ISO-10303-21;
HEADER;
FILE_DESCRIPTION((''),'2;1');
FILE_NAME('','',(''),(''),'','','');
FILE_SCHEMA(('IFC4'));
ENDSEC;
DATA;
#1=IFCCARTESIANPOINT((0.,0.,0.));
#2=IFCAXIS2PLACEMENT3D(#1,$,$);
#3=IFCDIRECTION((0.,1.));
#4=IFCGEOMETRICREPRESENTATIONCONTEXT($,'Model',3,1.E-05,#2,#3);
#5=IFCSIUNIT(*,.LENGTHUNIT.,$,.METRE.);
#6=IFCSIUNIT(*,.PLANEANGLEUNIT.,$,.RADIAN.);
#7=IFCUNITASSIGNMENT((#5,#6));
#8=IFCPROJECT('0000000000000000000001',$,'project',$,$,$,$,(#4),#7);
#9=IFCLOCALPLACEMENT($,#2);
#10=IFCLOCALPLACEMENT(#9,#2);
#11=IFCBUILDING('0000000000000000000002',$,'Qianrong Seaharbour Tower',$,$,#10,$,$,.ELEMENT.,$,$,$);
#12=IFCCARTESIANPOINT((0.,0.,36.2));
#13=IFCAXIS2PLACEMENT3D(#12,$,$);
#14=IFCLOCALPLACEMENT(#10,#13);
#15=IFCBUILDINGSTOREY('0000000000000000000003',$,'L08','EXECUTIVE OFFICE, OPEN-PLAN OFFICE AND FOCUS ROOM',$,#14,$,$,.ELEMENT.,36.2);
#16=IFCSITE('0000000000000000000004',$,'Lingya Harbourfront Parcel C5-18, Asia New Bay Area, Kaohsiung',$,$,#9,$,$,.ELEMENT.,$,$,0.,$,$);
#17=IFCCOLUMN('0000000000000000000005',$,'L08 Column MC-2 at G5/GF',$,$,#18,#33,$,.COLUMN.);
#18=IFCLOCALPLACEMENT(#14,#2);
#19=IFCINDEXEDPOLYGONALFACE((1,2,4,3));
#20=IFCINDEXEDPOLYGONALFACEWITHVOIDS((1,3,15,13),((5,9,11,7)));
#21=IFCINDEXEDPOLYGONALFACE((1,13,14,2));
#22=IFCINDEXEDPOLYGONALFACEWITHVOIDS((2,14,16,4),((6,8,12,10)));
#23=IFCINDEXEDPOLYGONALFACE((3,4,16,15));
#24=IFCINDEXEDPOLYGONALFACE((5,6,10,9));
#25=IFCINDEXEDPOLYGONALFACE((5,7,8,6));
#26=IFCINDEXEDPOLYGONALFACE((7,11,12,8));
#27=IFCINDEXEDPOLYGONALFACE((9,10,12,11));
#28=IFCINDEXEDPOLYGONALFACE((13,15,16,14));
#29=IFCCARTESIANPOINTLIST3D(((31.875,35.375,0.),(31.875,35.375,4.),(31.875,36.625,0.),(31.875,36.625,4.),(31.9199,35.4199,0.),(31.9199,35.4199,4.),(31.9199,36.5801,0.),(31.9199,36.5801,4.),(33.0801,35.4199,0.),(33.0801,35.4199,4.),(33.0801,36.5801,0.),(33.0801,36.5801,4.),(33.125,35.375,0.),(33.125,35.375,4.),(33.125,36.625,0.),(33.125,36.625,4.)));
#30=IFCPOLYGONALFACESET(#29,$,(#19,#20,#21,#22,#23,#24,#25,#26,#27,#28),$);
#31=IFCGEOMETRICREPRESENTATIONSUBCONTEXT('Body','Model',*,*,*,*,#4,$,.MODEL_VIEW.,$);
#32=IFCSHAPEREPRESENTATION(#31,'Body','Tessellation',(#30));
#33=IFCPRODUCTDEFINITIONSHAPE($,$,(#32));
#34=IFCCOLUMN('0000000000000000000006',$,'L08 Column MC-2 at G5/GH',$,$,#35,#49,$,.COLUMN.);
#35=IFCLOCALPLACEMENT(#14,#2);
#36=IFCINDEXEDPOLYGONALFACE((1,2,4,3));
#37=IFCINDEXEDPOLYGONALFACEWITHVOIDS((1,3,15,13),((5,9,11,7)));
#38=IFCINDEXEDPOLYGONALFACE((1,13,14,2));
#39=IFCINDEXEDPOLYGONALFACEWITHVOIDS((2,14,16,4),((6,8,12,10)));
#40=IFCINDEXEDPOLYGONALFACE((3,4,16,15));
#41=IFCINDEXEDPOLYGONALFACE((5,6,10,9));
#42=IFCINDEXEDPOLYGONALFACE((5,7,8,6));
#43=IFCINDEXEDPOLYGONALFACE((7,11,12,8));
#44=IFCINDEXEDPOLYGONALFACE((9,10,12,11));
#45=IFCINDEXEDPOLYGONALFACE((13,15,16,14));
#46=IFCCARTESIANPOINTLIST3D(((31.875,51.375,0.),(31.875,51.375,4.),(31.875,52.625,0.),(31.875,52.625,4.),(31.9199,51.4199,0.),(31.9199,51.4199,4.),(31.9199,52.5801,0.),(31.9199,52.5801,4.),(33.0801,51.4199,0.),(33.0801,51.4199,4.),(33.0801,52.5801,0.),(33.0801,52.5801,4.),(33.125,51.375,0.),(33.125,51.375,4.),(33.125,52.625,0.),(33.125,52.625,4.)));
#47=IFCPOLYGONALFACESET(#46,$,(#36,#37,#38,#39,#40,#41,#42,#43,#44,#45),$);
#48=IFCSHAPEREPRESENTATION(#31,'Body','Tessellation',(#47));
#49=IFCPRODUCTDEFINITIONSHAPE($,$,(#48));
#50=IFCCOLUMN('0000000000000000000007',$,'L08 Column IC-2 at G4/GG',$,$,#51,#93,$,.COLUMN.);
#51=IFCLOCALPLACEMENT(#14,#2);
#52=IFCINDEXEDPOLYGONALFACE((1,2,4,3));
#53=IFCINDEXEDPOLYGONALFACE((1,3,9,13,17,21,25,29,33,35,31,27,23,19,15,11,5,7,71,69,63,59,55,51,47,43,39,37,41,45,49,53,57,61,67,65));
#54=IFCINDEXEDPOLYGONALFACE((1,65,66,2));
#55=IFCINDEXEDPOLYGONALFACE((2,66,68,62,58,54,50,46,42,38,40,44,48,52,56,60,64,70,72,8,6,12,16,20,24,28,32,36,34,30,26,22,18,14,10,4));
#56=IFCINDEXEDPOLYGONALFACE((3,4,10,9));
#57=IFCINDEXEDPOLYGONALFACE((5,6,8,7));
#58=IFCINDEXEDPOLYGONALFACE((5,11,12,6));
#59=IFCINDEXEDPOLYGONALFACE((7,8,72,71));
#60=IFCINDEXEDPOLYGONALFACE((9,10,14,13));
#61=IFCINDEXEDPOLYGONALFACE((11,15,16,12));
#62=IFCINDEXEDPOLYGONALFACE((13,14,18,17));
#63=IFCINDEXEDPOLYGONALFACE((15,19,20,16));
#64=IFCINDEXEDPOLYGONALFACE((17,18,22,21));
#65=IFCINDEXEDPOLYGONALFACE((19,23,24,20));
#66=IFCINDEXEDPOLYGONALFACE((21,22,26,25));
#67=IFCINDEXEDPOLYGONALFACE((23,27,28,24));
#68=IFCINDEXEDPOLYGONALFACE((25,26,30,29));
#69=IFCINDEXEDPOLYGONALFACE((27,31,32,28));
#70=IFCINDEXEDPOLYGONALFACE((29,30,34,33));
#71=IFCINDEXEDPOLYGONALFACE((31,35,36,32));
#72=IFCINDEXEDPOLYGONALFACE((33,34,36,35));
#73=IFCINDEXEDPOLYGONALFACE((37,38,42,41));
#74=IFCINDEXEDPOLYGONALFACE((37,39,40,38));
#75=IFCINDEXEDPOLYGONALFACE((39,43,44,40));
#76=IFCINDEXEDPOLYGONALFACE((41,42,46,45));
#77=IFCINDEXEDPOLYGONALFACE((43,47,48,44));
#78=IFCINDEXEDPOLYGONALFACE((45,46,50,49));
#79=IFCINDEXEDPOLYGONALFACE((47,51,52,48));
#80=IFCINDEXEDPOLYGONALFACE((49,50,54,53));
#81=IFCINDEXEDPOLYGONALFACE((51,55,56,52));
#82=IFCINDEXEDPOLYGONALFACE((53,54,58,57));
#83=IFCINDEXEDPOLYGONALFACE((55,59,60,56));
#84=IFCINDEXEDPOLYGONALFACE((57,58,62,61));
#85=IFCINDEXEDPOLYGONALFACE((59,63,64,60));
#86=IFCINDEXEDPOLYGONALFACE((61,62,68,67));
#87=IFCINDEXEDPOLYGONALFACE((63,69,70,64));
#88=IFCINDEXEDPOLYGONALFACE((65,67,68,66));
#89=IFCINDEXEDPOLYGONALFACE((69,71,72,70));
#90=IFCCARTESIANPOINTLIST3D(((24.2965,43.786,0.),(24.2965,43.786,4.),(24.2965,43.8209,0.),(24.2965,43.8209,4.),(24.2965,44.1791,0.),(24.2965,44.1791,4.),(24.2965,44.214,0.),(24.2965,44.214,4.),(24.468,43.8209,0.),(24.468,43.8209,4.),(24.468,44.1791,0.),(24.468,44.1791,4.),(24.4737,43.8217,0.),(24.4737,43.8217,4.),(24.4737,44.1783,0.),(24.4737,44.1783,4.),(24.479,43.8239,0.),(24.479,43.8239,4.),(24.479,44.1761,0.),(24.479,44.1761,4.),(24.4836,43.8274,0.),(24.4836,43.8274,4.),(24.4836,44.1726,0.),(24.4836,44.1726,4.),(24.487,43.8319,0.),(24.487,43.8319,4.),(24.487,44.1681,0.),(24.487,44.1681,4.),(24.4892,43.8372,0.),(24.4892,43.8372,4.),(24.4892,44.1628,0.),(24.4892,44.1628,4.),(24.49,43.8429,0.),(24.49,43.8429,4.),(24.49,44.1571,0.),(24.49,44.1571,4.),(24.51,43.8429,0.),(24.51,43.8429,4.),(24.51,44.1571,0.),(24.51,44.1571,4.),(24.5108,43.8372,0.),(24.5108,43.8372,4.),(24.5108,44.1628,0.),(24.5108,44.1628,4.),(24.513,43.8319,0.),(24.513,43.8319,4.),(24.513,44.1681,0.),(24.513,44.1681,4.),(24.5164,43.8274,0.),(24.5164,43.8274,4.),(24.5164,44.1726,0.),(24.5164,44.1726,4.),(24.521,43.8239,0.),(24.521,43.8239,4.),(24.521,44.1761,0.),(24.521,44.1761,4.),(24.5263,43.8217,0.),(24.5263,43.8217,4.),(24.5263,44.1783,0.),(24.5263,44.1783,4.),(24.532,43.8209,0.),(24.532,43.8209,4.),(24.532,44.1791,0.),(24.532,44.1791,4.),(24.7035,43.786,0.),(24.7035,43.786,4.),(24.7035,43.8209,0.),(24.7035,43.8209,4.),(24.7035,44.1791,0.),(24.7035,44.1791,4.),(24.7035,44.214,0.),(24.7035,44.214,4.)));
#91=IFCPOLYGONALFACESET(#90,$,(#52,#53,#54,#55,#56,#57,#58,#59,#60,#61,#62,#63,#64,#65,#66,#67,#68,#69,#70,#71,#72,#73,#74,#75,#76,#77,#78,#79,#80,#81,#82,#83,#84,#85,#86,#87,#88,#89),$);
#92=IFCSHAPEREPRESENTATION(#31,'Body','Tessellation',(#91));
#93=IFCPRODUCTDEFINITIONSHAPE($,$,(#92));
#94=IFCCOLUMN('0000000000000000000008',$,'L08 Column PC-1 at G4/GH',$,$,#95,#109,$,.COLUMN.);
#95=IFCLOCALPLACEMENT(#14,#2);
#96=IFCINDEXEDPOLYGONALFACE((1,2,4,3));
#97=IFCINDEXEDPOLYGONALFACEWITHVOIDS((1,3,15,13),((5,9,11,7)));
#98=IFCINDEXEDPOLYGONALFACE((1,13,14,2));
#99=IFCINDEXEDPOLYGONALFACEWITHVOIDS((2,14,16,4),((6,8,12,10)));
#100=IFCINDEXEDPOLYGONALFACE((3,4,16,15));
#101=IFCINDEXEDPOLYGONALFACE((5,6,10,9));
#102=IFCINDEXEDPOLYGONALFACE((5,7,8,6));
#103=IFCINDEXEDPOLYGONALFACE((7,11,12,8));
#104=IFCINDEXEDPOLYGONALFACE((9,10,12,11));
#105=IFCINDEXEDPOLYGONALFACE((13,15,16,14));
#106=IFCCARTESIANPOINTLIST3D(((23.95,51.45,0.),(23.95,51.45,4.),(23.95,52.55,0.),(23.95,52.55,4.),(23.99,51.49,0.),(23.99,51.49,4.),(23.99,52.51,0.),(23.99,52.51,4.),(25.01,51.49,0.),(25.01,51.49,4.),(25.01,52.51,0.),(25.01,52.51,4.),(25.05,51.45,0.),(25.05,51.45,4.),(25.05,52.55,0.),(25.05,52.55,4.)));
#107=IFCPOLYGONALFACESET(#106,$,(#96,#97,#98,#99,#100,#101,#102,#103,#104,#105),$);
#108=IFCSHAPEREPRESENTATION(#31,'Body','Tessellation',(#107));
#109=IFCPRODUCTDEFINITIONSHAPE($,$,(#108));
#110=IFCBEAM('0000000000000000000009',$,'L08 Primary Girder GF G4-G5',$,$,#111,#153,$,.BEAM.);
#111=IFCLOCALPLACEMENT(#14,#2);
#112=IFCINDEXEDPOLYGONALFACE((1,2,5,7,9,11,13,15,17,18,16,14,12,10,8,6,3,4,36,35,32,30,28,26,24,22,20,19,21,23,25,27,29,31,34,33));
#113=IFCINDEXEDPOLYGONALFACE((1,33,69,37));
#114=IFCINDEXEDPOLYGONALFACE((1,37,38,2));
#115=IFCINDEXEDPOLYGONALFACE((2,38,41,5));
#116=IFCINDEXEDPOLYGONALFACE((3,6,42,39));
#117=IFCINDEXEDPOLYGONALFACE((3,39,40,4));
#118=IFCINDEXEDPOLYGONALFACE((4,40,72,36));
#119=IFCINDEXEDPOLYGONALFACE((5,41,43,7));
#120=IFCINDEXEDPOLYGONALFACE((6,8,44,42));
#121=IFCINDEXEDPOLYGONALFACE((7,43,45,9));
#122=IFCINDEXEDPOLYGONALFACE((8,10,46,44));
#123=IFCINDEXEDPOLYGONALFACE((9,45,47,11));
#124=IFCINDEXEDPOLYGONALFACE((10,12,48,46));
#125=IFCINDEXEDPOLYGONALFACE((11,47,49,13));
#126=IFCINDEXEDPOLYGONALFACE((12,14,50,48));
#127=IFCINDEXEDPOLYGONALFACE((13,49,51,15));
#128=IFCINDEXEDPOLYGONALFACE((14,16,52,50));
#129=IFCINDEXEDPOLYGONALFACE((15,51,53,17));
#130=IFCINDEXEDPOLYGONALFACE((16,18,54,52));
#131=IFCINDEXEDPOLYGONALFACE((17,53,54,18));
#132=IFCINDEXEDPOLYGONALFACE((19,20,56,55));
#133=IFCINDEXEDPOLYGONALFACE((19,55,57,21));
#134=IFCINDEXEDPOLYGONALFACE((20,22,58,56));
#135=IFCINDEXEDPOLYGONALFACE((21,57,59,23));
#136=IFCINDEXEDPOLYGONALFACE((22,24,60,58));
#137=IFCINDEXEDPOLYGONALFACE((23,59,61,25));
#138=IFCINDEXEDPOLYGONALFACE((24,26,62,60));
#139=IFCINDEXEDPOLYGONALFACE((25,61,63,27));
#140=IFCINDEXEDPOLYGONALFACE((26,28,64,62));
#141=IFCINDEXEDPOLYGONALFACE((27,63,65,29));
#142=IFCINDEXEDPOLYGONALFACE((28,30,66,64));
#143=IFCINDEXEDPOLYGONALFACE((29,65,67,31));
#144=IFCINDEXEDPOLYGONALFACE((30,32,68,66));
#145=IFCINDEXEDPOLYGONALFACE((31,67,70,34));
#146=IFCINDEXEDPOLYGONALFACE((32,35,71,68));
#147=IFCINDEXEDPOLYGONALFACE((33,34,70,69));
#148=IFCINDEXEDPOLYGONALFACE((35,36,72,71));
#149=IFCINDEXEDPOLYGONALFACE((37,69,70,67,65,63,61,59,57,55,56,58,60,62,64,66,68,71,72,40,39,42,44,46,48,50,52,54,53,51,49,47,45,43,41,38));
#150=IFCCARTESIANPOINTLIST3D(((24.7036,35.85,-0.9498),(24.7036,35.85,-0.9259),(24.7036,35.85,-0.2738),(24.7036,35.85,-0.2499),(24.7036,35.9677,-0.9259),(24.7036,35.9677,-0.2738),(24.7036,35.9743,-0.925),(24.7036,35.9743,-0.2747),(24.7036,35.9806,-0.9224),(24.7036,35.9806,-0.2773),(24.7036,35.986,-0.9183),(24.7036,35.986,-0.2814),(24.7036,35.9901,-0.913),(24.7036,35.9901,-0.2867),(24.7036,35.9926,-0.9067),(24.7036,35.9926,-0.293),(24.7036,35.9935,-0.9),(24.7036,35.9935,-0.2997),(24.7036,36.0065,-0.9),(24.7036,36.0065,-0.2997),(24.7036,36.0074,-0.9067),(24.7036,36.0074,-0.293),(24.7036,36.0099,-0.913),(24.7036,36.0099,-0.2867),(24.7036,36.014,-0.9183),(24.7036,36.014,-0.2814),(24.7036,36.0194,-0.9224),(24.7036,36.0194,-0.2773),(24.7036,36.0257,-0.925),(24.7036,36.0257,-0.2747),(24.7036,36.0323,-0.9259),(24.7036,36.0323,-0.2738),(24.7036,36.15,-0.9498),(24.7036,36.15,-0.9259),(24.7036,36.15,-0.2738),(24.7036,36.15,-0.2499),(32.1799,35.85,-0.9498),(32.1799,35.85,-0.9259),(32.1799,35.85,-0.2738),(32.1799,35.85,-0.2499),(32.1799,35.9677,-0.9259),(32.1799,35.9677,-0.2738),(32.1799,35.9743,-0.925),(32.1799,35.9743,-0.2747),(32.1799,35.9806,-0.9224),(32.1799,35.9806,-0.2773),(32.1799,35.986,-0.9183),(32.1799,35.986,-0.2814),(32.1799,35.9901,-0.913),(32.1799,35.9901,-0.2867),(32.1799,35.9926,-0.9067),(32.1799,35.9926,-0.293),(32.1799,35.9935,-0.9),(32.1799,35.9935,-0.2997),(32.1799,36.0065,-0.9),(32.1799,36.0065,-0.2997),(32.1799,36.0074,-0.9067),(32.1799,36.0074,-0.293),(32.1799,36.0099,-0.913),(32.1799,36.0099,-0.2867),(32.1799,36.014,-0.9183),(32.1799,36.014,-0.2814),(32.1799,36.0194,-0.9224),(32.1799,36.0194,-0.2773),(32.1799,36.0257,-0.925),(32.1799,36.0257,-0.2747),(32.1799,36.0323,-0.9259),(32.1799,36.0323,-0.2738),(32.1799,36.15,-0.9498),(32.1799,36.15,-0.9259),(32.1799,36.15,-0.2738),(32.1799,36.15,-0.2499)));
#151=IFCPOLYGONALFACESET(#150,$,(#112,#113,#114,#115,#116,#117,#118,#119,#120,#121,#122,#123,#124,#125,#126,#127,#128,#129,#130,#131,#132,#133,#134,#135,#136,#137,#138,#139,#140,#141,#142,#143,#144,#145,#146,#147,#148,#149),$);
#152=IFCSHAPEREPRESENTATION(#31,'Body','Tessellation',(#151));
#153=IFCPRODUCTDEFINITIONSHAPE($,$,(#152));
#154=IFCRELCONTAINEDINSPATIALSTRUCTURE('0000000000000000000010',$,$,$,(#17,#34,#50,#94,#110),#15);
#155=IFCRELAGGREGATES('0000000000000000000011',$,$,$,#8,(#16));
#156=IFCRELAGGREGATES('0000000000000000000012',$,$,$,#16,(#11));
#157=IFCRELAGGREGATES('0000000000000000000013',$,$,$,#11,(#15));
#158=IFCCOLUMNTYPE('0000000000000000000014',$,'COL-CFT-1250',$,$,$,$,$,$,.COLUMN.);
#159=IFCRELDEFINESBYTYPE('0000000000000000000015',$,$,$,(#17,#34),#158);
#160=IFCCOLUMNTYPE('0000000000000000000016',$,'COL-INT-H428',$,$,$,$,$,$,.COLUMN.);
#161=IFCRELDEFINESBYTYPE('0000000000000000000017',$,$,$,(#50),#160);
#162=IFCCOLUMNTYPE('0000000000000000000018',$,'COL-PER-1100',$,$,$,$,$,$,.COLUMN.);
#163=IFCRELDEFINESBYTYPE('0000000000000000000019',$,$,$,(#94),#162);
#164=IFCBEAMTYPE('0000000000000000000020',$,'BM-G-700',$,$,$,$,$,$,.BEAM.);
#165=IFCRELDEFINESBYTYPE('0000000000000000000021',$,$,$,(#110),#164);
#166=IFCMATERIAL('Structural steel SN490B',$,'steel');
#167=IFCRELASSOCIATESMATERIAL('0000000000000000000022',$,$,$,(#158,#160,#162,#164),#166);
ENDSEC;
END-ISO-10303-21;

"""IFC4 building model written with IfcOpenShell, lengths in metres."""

from ifc_helpers import new_model, si_unit, direction, frame, origin, origin_2d, place, context, subcontext, project, spatial, hollow_rectangle, i_section, extrude, material, material_profile, profile_set, type_object, element, save


model = new_model("IFC4")

# Units and contexts
model_context = context("Model", 3, precision=1e-05, world=origin(), true_north=direction((0.0, 1.0)))
body_context = subcontext(model_context, "Body", "Model", "MODEL_VIEW")
ifc_project = project(units=[si_unit("LENGTHUNIT", "METRE"), si_unit("PLANEANGLEUNIT", "RADIAN")], contexts=[model_context])

# Site, building, storey
site_placement = place(None, origin())
site = spatial("IfcSite", under=ifc_project, at=site_placement, Name="Lingya Harbourfront Parcel C5-18, Asia New Bay Area, Kaohsiung", CompositionType="ELEMENT", RefElevation=0.0)
building_placement = place(site_placement, origin())
building = spatial("IfcBuilding", under=site, at=building_placement, Name="Qianrong Seaharbour Tower", CompositionType="ELEMENT")
storey_placement = place(building_placement, frame((0.0, 0.0, 36.2)))
storey = spatial("IfcBuildingStorey", under=building, at=storey_placement, Name="L08", Description="EXECUTIVE OFFICE, OPEN-PLAN OFFICE AND FOCUS ROOM", CompositionType="ELEMENT", Elevation=36.2)

# Columns
ifc_material_1 = material(Name="Structural steel SN490B", Category="steel")
ifc_material_profile_1 = material_profile(ifc_material_1, hollow_rectangle(XDim=1.25, YDim=1.25, WallThickness=0.0449, at=origin_2d()), Name="BOX1250x1250x45")
ifc_profile_set_1 = profile_set([ifc_material_profile_1], Name="Structural steel SN490B")
column_type_1 = type_object("IfcColumnType", Name="COL-CFT-1250", PredefinedType="COLUMN", material=ifc_profile_set_1)
for number, where, z_axis, x_axis, name in (
    (1, (32.5, 36.0, 0.0), (0.0, 0.0, 1.0), (1.0, 0.0, 0.0), "L08 Column MC-2 at G5/GF"),
    (2, (32.5, 52.0, 0.0), (0.0, 0.0, 1.0), (1.0, 0.0, 0.0), "L08 Column MC-2 at G5/GH"),
):
    element("IfcColumn", number, at=place(storey_placement, frame(where, z_axis=z_axis, x_axis=x_axis)), inside=storey, type_object=column_type_1, Name=name, PredefinedType="COLUMN", context=body_context, shape_type="SweptSolid", body=[
        extrude(hollow_rectangle(XDim=1.25, YDim=1.25, WallThickness=0.0449, at=origin_2d()), origin(), (0.0, 0.0, 1.0), 4.0),
    ])
ifc_material_profile_2 = material_profile(ifc_material_1, i_section(OverallWidth=0.407, OverallDepth=0.428, WebThickness=0.02, FlangeThickness=0.0349, FilletRadius=0.022, at=origin_2d()), Name="H428x407x20x35")
ifc_profile_set_2 = profile_set([ifc_material_profile_2], Name="Structural steel SN490B")
column_type_2 = type_object("IfcColumnType", Name="COL-INT-H428", PredefinedType="COLUMN", material=ifc_profile_set_2)
column_1_placement = place(storey_placement, frame((24.5, 44.0, 0.0), z_axis=(0.0, 0.0, 1.0), x_axis=(1.0, 0.0, 0.0)))
element("IfcColumn", 3, at=column_1_placement, inside=storey, type_object=column_type_2, Name="L08 Column IC-2 at G4/GG", PredefinedType="COLUMN", context=body_context, shape_type="SweptSolid", body=[
    extrude(i_section(OverallWidth=0.407, OverallDepth=0.428, WebThickness=0.02, FlangeThickness=0.0349, FilletRadius=0.022, at=origin_2d()), origin(), (0.0, 0.0, 1.0), 4.0),
])
ifc_material_profile_3 = material_profile(ifc_material_1, hollow_rectangle(XDim=1.1001, YDim=1.1001, WallThickness=0.04, at=origin_2d()), Name="BOX1100x1100x40")
ifc_profile_set_3 = profile_set([ifc_material_profile_3], Name="Structural steel SN490B")
column_type_3 = type_object("IfcColumnType", Name="COL-PER-1100", PredefinedType="COLUMN", material=ifc_profile_set_3)
column_2_placement = place(storey_placement, frame((24.5, 52.0, 0.0), z_axis=(0.0, 0.0, 1.0), x_axis=(1.0, 0.0, 0.0)))
element("IfcColumn", 4, at=column_2_placement, inside=storey, type_object=column_type_3, Name="L08 Column PC-1 at G4/GH", PredefinedType="COLUMN", context=body_context, shape_type="SweptSolid", body=[
    extrude(hollow_rectangle(XDim=1.1001, YDim=1.1001, WallThickness=0.04, at=origin_2d()), origin(), (0.0, 0.0, 1.0), 4.0),
])

# Beam
ifc_material_profile_4 = material_profile(ifc_material_1, i_section(OverallWidth=0.3, OverallDepth=0.7, WebThickness=0.0129, FlangeThickness=0.0239, FilletRadius=0.0259, at=origin_2d()), Name="H700x300x13x24")
ifc_profile_set_4 = profile_set([ifc_material_profile_4], Name="Structural steel SN490B")
beam_type_1 = type_object("IfcBeamType", Name="BM-G-700", PredefinedType="BEAM", material=ifc_profile_set_4)
beam_1_placement = place(storey_placement, frame((24.7036, 36.0, -0.5999), z_axis=(1.0, 0.0, 0.0), x_axis=(0.0, 1.0, 0.0)))
element("IfcBeam", 5, at=beam_1_placement, inside=storey, type_object=beam_type_1, Name="L08 Primary Girder GF G4-G5", PredefinedType="BEAM", context=body_context, shape_type="SweptSolid", body=[
    extrude(i_section(OverallWidth=0.3, OverallDepth=0.7, WebThickness=0.0129, FlangeThickness=0.0239, FilletRadius=0.0259, at=origin_2d()), origin(), (0.0, 0.0, 1.0), 7.4763),
])

save(model, "model.ifc")
